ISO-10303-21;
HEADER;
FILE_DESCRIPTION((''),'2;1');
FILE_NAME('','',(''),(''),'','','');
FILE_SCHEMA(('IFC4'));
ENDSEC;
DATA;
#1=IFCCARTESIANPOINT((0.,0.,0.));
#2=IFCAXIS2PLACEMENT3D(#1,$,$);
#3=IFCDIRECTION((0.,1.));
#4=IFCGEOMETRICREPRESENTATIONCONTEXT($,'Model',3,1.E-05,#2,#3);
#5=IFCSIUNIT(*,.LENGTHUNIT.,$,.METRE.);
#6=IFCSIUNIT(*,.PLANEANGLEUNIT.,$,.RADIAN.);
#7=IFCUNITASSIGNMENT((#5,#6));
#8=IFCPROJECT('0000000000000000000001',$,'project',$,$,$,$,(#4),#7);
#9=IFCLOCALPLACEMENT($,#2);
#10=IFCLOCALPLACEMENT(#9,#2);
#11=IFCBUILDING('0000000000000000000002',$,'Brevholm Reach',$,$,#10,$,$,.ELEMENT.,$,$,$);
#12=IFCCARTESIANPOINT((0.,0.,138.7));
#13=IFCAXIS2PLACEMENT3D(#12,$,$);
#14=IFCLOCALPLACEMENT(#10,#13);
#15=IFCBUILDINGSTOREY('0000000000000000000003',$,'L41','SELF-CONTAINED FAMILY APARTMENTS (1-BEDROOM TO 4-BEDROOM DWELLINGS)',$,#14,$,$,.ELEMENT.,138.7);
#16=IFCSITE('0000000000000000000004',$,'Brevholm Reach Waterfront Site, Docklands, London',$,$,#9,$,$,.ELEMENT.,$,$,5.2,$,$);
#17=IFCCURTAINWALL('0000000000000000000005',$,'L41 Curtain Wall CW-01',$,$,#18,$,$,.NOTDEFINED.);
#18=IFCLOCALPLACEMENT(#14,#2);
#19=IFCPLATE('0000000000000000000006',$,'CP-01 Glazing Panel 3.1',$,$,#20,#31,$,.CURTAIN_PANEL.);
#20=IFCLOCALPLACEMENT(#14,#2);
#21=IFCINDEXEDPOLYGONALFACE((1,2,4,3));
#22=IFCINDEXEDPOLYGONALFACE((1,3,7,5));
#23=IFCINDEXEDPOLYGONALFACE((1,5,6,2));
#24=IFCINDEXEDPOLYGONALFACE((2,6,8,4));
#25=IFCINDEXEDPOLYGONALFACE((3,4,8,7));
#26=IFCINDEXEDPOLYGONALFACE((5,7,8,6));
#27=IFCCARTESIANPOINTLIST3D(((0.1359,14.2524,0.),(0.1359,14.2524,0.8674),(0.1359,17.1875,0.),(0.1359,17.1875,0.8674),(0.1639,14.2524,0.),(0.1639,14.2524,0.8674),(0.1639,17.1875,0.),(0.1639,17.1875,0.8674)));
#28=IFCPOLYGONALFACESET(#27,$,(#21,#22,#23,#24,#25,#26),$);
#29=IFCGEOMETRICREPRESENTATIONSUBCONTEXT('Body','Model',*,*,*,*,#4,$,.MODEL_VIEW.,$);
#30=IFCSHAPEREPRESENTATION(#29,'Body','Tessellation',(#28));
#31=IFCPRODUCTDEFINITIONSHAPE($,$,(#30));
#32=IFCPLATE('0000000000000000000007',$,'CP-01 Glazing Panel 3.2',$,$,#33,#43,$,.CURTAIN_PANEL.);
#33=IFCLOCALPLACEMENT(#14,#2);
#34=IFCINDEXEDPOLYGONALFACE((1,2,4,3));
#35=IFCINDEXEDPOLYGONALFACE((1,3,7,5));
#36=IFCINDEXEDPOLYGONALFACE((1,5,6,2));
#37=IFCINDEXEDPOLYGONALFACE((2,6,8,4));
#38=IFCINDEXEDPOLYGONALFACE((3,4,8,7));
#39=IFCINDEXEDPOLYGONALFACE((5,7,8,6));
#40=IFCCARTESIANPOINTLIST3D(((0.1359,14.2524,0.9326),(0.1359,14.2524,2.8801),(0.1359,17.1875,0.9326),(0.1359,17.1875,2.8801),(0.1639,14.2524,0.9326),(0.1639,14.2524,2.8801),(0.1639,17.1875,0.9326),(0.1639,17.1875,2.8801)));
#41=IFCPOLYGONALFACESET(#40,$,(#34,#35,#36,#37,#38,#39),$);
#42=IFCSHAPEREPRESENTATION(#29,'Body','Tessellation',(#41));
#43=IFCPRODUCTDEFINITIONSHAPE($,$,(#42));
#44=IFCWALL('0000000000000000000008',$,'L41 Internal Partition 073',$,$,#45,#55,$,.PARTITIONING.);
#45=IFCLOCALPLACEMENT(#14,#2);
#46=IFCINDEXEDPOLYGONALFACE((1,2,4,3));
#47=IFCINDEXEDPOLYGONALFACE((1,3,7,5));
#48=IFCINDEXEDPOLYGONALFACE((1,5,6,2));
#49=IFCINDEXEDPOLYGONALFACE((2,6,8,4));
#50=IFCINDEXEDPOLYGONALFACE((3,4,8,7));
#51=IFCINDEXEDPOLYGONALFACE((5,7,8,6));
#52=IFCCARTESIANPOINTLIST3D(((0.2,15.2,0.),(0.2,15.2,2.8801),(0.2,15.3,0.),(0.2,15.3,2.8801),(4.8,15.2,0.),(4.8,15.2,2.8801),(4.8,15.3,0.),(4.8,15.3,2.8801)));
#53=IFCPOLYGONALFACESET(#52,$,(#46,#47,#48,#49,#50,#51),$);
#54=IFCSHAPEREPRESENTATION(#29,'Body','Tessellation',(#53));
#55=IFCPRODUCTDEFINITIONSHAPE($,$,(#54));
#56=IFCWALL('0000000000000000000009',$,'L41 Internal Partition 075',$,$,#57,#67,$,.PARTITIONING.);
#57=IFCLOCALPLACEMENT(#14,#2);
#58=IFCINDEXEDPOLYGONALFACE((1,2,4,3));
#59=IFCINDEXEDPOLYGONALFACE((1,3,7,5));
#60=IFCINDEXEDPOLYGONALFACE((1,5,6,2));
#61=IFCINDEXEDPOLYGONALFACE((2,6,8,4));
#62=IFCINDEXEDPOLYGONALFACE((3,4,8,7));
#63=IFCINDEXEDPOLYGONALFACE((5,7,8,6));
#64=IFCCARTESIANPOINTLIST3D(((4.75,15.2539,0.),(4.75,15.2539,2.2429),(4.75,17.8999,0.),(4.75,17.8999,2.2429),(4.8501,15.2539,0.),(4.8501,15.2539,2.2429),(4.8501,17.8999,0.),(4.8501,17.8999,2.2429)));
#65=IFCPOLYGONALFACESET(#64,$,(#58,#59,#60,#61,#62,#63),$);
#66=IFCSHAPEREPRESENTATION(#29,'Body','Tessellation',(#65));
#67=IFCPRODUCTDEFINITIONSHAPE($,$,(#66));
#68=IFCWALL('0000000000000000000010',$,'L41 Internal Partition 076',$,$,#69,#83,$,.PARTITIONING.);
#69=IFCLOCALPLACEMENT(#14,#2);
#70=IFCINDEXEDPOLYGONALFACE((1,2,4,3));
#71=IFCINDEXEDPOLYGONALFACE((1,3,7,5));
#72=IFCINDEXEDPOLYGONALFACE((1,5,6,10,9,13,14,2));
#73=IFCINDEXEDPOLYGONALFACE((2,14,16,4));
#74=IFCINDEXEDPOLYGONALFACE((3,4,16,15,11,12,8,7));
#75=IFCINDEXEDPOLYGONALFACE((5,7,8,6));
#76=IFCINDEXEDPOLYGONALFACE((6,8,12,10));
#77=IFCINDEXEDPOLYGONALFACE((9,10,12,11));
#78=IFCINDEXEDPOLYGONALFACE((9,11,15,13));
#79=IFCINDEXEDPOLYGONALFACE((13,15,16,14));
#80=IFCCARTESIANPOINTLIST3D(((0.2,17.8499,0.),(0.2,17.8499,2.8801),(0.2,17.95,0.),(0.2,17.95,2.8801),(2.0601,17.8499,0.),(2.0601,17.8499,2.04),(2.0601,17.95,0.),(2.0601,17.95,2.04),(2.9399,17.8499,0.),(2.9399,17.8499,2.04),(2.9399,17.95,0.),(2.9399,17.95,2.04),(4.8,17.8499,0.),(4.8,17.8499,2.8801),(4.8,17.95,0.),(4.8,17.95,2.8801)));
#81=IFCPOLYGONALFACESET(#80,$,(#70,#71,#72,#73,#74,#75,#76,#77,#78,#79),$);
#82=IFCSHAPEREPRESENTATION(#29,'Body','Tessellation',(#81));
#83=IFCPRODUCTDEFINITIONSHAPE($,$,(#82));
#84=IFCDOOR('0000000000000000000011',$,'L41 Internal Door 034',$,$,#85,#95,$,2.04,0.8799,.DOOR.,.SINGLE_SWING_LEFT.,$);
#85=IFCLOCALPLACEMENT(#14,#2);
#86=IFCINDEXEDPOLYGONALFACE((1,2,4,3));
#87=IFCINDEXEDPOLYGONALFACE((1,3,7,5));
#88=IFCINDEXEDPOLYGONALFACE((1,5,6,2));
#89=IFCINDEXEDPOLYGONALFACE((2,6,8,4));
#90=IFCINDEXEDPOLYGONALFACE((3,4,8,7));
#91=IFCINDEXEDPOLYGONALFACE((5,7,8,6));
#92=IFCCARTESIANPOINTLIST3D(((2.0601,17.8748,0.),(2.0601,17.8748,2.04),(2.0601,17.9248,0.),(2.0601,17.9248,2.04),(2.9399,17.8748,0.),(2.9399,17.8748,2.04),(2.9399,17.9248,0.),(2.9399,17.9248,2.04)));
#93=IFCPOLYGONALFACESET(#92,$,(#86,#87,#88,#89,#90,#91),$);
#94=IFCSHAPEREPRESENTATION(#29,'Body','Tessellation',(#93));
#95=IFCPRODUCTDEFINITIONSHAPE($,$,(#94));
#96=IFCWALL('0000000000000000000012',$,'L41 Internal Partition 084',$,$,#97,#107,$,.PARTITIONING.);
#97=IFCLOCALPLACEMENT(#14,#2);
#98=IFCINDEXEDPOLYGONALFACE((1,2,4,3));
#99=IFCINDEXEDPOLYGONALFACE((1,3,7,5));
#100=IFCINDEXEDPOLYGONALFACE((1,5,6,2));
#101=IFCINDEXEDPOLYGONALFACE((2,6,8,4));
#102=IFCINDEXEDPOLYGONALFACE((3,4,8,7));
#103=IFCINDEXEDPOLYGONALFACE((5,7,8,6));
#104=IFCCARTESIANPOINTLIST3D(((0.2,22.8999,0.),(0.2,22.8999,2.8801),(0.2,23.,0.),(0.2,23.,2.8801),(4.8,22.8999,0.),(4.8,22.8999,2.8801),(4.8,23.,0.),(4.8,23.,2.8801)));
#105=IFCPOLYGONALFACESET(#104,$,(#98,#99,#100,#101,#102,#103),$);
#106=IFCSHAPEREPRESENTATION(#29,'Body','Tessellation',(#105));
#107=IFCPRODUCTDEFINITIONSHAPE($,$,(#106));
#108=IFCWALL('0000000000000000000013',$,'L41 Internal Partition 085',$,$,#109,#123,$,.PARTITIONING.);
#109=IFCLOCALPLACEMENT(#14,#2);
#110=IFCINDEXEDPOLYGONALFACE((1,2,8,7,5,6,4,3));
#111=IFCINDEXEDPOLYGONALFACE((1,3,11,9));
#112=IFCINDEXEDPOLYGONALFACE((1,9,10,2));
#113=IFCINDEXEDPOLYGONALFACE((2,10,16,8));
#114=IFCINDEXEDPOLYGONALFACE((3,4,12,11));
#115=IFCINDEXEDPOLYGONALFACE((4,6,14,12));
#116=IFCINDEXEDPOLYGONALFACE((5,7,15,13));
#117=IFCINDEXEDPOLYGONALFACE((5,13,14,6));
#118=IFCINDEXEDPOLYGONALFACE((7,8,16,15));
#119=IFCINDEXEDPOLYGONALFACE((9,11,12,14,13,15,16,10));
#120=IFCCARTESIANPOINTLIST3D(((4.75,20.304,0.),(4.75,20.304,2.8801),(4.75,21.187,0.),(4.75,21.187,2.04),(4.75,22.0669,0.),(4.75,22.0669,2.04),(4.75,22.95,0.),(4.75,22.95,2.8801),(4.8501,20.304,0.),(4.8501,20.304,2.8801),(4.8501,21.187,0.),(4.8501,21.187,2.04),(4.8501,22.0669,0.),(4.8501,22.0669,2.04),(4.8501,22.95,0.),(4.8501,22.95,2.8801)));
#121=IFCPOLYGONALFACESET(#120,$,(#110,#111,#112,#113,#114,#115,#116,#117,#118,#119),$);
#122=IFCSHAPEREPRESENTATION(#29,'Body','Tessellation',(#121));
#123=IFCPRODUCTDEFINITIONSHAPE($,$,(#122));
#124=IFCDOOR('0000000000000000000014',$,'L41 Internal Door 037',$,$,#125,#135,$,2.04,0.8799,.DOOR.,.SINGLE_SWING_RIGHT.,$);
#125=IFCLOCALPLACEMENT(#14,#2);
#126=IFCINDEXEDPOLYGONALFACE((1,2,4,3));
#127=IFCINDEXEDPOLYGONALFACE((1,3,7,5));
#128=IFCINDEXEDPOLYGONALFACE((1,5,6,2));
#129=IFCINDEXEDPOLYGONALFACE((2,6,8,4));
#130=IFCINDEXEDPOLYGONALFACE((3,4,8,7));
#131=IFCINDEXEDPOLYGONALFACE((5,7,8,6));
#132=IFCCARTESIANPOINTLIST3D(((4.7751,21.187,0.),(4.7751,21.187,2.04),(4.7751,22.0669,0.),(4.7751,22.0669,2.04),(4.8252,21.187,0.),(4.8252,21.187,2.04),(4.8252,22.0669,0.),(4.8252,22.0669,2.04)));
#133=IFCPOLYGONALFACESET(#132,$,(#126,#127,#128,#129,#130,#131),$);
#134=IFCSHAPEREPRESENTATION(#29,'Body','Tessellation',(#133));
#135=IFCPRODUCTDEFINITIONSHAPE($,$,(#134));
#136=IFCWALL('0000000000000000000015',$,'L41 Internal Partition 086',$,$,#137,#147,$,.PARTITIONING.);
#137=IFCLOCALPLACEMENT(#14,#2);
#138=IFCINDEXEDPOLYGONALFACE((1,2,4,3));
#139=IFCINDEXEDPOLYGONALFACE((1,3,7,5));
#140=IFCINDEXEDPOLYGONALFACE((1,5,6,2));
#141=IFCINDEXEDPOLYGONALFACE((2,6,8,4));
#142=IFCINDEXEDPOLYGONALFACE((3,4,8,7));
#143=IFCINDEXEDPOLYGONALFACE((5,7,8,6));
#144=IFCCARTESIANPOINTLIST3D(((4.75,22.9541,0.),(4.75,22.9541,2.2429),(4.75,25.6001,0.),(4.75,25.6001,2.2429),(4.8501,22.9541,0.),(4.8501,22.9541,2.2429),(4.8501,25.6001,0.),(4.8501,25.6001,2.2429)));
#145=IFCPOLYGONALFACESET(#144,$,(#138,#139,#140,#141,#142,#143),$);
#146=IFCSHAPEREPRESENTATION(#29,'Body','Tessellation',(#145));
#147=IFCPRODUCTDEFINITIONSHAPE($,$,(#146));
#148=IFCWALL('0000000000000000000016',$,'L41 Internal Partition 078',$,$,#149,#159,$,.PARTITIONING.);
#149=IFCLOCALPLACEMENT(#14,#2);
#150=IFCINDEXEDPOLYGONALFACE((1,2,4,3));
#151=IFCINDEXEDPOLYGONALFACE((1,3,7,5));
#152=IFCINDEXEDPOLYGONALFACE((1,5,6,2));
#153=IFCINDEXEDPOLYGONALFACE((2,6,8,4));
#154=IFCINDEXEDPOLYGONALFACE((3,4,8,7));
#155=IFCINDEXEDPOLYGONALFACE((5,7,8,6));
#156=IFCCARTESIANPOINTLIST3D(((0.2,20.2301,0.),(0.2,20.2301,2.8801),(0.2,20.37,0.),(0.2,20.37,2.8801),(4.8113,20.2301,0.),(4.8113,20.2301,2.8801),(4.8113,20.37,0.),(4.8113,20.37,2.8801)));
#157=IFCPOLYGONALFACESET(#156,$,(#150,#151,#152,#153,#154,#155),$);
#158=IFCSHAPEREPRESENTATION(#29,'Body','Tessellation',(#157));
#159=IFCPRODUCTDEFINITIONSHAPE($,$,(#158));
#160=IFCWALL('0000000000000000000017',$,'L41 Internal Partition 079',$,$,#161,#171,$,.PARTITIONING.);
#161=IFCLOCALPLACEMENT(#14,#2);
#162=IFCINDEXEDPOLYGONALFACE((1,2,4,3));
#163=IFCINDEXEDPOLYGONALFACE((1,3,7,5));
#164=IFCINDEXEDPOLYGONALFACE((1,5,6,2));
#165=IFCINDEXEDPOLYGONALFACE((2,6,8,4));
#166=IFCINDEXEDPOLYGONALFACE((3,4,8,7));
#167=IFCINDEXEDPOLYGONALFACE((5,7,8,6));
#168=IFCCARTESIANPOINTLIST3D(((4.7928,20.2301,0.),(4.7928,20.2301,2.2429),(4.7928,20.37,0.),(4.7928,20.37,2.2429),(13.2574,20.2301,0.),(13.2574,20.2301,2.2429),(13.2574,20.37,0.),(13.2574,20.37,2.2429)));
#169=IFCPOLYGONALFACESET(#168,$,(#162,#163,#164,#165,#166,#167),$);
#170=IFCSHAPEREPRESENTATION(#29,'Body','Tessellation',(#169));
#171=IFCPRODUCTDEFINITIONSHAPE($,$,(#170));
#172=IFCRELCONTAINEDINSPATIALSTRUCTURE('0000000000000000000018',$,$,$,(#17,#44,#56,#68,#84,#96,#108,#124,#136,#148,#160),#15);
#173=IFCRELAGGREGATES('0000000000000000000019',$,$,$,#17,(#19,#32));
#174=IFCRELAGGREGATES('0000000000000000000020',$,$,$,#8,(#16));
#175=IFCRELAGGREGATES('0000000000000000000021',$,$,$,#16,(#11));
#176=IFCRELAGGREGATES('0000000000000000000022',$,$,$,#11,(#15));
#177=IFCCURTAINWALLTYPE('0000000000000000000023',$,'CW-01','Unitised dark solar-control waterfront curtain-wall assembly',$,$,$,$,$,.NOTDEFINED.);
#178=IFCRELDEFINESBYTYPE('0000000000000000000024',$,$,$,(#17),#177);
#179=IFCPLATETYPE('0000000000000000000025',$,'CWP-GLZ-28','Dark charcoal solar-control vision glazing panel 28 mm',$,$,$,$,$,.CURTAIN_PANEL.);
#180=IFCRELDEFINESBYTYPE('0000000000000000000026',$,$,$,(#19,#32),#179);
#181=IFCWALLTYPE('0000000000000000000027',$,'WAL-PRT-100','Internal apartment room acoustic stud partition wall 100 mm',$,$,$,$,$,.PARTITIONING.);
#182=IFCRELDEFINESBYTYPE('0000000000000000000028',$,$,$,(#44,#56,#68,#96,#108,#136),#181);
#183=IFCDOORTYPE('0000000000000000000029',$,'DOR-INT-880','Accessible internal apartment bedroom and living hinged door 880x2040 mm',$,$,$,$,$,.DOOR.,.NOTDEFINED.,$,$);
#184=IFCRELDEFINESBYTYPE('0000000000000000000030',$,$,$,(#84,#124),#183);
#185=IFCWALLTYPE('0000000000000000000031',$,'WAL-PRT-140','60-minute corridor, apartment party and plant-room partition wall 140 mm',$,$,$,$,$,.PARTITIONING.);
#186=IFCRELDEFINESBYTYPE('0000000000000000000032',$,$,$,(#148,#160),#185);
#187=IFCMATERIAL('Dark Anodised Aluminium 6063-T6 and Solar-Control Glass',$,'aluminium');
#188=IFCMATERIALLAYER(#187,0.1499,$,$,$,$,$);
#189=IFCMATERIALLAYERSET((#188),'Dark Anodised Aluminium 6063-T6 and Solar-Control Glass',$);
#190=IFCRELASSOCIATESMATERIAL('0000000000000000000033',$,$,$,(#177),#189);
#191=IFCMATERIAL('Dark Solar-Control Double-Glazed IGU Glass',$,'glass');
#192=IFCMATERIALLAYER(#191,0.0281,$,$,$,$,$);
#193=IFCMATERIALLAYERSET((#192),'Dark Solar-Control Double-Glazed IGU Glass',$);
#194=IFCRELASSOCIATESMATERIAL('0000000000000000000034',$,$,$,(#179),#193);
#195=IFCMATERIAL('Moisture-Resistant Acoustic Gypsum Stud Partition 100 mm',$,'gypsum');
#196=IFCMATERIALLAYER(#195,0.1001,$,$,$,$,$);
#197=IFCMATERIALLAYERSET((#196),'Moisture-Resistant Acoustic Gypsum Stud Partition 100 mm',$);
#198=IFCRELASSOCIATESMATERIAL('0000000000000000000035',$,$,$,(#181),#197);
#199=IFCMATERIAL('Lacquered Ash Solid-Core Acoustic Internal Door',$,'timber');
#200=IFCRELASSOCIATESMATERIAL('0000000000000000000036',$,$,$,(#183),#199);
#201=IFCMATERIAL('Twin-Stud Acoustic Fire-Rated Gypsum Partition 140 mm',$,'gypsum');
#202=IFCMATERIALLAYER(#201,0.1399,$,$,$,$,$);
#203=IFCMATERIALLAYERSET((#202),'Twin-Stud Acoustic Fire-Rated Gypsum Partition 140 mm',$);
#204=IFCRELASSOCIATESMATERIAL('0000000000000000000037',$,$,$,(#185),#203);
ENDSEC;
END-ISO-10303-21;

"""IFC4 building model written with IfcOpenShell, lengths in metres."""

from ifc_helpers import new_model, si_unit, direction, frame, frame_2d, origin, origin_2d, place, context, subcontext, project, spatial, rectangle, extrude, material, layer, layer_set, type_object, element, fill, aggregate, save


model = new_model("IFC4")

# Units and contexts
model_context = context("Model", 3, precision=1e-05, world=origin(), true_north=direction((0.0, 1.0)))
body_context = subcontext(model_context, "Body", "Model", "MODEL_VIEW")
ifc_project = project(units=[si_unit("LENGTHUNIT", "METRE"), si_unit("PLANEANGLEUNIT", "RADIAN")], contexts=[model_context])

# Site, building, storey
site_placement = place(None, origin())
site = spatial("IfcSite", under=ifc_project, at=site_placement, Name="Brevholm Reach Waterfront Site, Docklands, London", CompositionType="ELEMENT", RefElevation=5.2)
building_placement = place(site_placement, origin())
building = spatial("IfcBuilding", under=site, at=building_placement, Name="Brevholm Reach", CompositionType="ELEMENT")
storey_placement = place(building_placement, frame((0.0, 0.0, 138.7)))
storey = spatial("IfcBuildingStorey", under=building, at=storey_placement, Name="L41", Description="SELF-CONTAINED FAMILY APARTMENTS (1-BEDROOM TO 4-BEDROOM DWELLINGS)", CompositionType="ELEMENT", Elevation=138.7)

# Curtain wall, plates
ifc_material_1 = material(Name="Dark Anodised Aluminium 6063-T6 and Solar-Control Glass", Category="aluminium")
ifc_layer_1 = layer(ifc_material_1, 0.1499)
ifc_layer_set_1 = layer_set([ifc_layer_1], Name="Dark Anodised Aluminium 6063-T6 and Solar-Control Glass")
curtain_wall_type = type_object("IfcCurtainWallType", Name="CW-01", Description="Unitised dark solar-control waterfront curtain-wall assembly", PredefinedType="NOTDEFINED", material=ifc_layer_set_1)
curtain_wall_placement = place(storey_placement, origin())
curtain_wall = element("IfcCurtainWall", 1, at=curtain_wall_placement, inside=storey, type_object=curtain_wall_type, Name="L41 Curtain Wall CW-01", PredefinedType="NOTDEFINED")
ifc_material_2 = material(Name="Dark Solar-Control Double-Glazed IGU Glass", Category="glass")
ifc_layer_2 = layer(ifc_material_2, 0.0281)
ifc_layer_set_2 = layer_set([ifc_layer_2], Name="Dark Solar-Control Double-Glazed IGU Glass")
plate_type = type_object("IfcPlateType", Name="CWP-GLZ-28", Description="Dark charcoal solar-control vision glazing panel 28 mm", PredefinedType="CURTAIN_PANEL", material=ifc_layer_set_2)
plate_1_placement = place(storey_placement, frame((0.1499, 15.72, 0.0), z_axis=(0.0, 0.0, 1.0), x_axis=(0.0, -1.0, 0.0)))
plate_1 = element("IfcPlate", 2, at=plate_1_placement, type_object=plate_type, Name="CP-01 Glazing Panel 3.1", PredefinedType="CURTAIN_PANEL", context=body_context, shape_type="SweptSolid", body=[
    extrude(rectangle(XDim=2.9351, YDim=0.0281, at=origin_2d()), origin(), (0.0, 0.0, 1.0), 0.8674),
])
plate_2_placement = place(storey_placement, frame((0.1499, 15.72, 0.9326), z_axis=(0.0, 0.0, 1.0), x_axis=(0.0, -1.0, 0.0)))
plate_2 = element("IfcPlate", 3, at=plate_2_placement, type_object=plate_type, Name="CP-01 Glazing Panel 3.2", PredefinedType="CURTAIN_PANEL", context=body_context, shape_type="SweptSolid", body=[
    extrude(rectangle(XDim=2.9351, YDim=0.0281, at=origin_2d()), origin(), (0.0, 0.0, 1.0), 1.9475),
])
aggregate(curtain_wall, [plate_1, plate_2])

# Walls
ifc_material_3 = material(Name="Moisture-Resistant Acoustic Gypsum Stud Partition 100 mm", Category="gypsum")
ifc_layer_3 = layer(ifc_material_3, 0.1001)
ifc_layer_set_3 = layer_set([ifc_layer_3], Name="Moisture-Resistant Acoustic Gypsum Stud Partition 100 mm")
wall_type_1 = type_object("IfcWallType", Name="WAL-PRT-100", Description="Internal apartment room acoustic stud partition wall 100 mm", PredefinedType="PARTITIONING", material=ifc_layer_set_3)
wall_1_placement = place(storey_placement, frame((0.2, 15.25, 0.0), z_axis=(0.0, 0.0, 1.0), x_axis=(1.0, 0.0, 0.0)))
element("IfcWall", 4, at=wall_1_placement, inside=storey, type_object=wall_type_1, Name="L41 Internal Partition 073", PredefinedType="PARTITIONING", context=body_context, shape_type="SweptSolid", body=[
    extrude(rectangle(XDim=4.6001, YDim=0.1001, at=frame_2d((2.3, 0.0))), origin(), (0.0, 0.0, 1.0), 2.8801),
])
wall_2_placement = place(storey_placement, frame((4.8, 15.2539, 0.0), z_axis=(0.0, 0.0, 1.0), x_axis=(0.0, 1.0, 0.0)))
element("IfcWall", 5, at=wall_2_placement, inside=storey, type_object=wall_type_1, Name="L41 Internal Partition 075", PredefinedType="PARTITIONING", context=body_context, shape_type="SweptSolid", body=[
    extrude(rectangle(XDim=2.646, YDim=0.1001, at=frame_2d((1.323, 0.0))), origin(), (0.0, 0.0, 1.0), 2.2429),
])

# Wall, opening, door
wall_3_placement = place(storey_placement, frame((0.2, 17.8999, 0.0), z_axis=(0.0, 0.0, 1.0), x_axis=(1.0, 0.0, 0.0)))
wall_3 = element("IfcWall", 6, at=wall_3_placement, inside=storey, type_object=wall_type_1, Name="L41 Internal Partition 076", PredefinedType="PARTITIONING", context=body_context, shape_type="SweptSolid", body=[
    extrude(rectangle(XDim=4.6001, YDim=0.1001, at=frame_2d((2.3, 0.0))), origin(), (0.0, 0.0, 1.0), 2.8801),
])
opening_1_placement = place(wall_3_placement, frame((1.8601, 0.0, 0.0)))
opening_1 = element("IfcOpeningElement", 7, at=opening_1_placement, cuts=wall_3, PredefinedType="OPENING", context=body_context, shape_type="SweptSolid", body=[
    extrude(rectangle(XDim=0.8799, YDim=2.04, at=frame_2d((0.4399, 1.02))), frame((0.0, 0.0601, 0.0), z_axis=(0.0, -1.0, 0.0), x_axis=(1.0, 0.0, 0.0)), (0.0, 0.0, 1.0), 0.1201),
])
ifc_material_4 = material(Name="Lacquered Ash Solid-Core Acoustic Internal Door", Category="timber")
door_type = type_object("IfcDoorType", Name="DOR-INT-880", Description="Accessible internal apartment bedroom and living hinged door 880x2040 mm", OperationType="NOTDEFINED", PredefinedType="DOOR", material=ifc_material_4)
door_1_placement = place(opening_1_placement, origin())
door_1 = element("IfcDoor", 8, at=door_1_placement, inside=storey, type_object=door_type, Name="L41 Internal Door 034", OperationType="SINGLE_SWING_LEFT", OverallHeight=2.04, OverallWidth=0.8799, PredefinedType="DOOR", context=body_context, shape_type="SweptSolid", body=[
    extrude(rectangle(XDim=0.8799, YDim=2.04, at=frame_2d((0.4399, 1.02))), frame((0.0, 0.0249, 0.0), z_axis=(0.0, -1.0, 0.0), x_axis=(1.0, 0.0, 0.0)), (0.0, 0.0, 1.0), 0.05),
])
fill(opening_1, door_1)

# Wall
wall_4_placement = place(storey_placement, frame((0.2, 22.95, 0.0), z_axis=(0.0, 0.0, 1.0), x_axis=(1.0, 0.0, 0.0)))
element("IfcWall", 9, at=wall_4_placement, inside=storey, type_object=wall_type_1, Name="L41 Internal Partition 084", PredefinedType="PARTITIONING", context=body_context, shape_type="SweptSolid", body=[
    extrude(rectangle(XDim=4.6001, YDim=0.1001, at=frame_2d((2.3, 0.0))), origin(), (0.0, 0.0, 1.0), 2.8801),
])

# Wall, opening, door
wall_5_placement = place(storey_placement, frame((4.8, 20.304, 0.0), z_axis=(0.0, 0.0, 1.0), x_axis=(0.0, 1.0, 0.0)))
wall_5 = element("IfcWall", 10, at=wall_5_placement, inside=storey, type_object=wall_type_1, Name="L41 Internal Partition 085", PredefinedType="PARTITIONING", context=body_context, shape_type="SweptSolid", body=[
    extrude(rectangle(XDim=2.646, YDim=0.1001, at=frame_2d((1.323, 0.0))), origin(), (0.0, 0.0, 1.0), 2.8801),
])
opening_2_placement = place(wall_5_placement, frame((0.8831, 0.0, 0.0)))
opening_2 = element("IfcOpeningElement", 11, at=opening_2_placement, cuts=wall_5, PredefinedType="OPENING", context=body_context, shape_type="SweptSolid", body=[
    extrude(rectangle(XDim=0.8799, YDim=2.04, at=frame_2d((0.4399, 1.02))), frame((0.0, 0.0601, 0.0), z_axis=(0.0, -1.0, 0.0), x_axis=(1.0, 0.0, 0.0)), (0.0, 0.0, 1.0), 0.1201),
])
door_2_placement = place(opening_2_placement, origin())
door_2 = element("IfcDoor", 12, at=door_2_placement, inside=storey, type_object=door_type, Name="L41 Internal Door 037", OperationType="SINGLE_SWING_RIGHT", OverallHeight=2.04, OverallWidth=0.8799, PredefinedType="DOOR", context=body_context, shape_type="SweptSolid", body=[
    extrude(rectangle(XDim=0.8799, YDim=2.04, at=frame_2d((0.4399, 1.02))), frame((0.0, 0.0249, 0.0), z_axis=(0.0, -1.0, 0.0), x_axis=(1.0, 0.0, 0.0)), (0.0, 0.0, 1.0), 0.05),
])
fill(opening_2, door_2)

# Walls
wall_6_placement = place(storey_placement, frame((4.8, 22.9541, 0.0), z_axis=(0.0, 0.0, 1.0), x_axis=(0.0, 1.0, 0.0)))
element("IfcWall", 13, at=wall_6_placement, inside=storey, type_object=wall_type_1, Name="L41 Internal Partition 086", PredefinedType="PARTITIONING", context=body_context, shape_type="SweptSolid", body=[
    extrude(rectangle(XDim=2.646, YDim=0.1001, at=frame_2d((1.323, 0.0))), origin(), (0.0, 0.0, 1.0), 2.2429),
])
ifc_material_5 = material(Name="Twin-Stud Acoustic Fire-Rated Gypsum Partition 140 mm", Category="gypsum")
ifc_layer_4 = layer(ifc_material_5, 0.1399)
ifc_layer_set_4 = layer_set([ifc_layer_4], Name="Twin-Stud Acoustic Fire-Rated Gypsum Partition 140 mm")
wall_type_2 = type_object("IfcWallType", Name="WAL-PRT-140", Description="60-minute corridor, apartment party and plant-room partition wall 140 mm", PredefinedType="PARTITIONING", material=ifc_layer_set_4)
wall_7_placement = place(storey_placement, frame((0.2, 20.3, 0.0), z_axis=(0.0, 0.0, 1.0), x_axis=(1.0, 0.0, 0.0)))
element("IfcWall", 14, at=wall_7_placement, inside=storey, type_object=wall_type_2, Name="L41 Internal Partition 078", PredefinedType="PARTITIONING", context=body_context, shape_type="SweptSolid", body=[
    extrude(rectangle(XDim=4.6113, YDim=0.1399, at=frame_2d((2.3057, 0.0))), origin(), (0.0, 0.0, 1.0), 2.8801),
])
wall_8_placement = place(storey_placement, frame((4.7927, 20.3, 0.0), z_axis=(0.0, 0.0, 1.0), x_axis=(1.0, 0.0, 0.0)))
element("IfcWall", 15, at=wall_8_placement, inside=storey, type_object=wall_type_2, Name="L41 Internal Partition 079", PredefinedType="PARTITIONING", context=body_context, shape_type="SweptSolid", body=[
    extrude(rectangle(XDim=8.4646, YDim=0.1399, at=frame_2d((4.2324, 0.0))), origin(), (0.0, 0.0, 1.0), 2.2429),
])

save(model, "model.ifc")
